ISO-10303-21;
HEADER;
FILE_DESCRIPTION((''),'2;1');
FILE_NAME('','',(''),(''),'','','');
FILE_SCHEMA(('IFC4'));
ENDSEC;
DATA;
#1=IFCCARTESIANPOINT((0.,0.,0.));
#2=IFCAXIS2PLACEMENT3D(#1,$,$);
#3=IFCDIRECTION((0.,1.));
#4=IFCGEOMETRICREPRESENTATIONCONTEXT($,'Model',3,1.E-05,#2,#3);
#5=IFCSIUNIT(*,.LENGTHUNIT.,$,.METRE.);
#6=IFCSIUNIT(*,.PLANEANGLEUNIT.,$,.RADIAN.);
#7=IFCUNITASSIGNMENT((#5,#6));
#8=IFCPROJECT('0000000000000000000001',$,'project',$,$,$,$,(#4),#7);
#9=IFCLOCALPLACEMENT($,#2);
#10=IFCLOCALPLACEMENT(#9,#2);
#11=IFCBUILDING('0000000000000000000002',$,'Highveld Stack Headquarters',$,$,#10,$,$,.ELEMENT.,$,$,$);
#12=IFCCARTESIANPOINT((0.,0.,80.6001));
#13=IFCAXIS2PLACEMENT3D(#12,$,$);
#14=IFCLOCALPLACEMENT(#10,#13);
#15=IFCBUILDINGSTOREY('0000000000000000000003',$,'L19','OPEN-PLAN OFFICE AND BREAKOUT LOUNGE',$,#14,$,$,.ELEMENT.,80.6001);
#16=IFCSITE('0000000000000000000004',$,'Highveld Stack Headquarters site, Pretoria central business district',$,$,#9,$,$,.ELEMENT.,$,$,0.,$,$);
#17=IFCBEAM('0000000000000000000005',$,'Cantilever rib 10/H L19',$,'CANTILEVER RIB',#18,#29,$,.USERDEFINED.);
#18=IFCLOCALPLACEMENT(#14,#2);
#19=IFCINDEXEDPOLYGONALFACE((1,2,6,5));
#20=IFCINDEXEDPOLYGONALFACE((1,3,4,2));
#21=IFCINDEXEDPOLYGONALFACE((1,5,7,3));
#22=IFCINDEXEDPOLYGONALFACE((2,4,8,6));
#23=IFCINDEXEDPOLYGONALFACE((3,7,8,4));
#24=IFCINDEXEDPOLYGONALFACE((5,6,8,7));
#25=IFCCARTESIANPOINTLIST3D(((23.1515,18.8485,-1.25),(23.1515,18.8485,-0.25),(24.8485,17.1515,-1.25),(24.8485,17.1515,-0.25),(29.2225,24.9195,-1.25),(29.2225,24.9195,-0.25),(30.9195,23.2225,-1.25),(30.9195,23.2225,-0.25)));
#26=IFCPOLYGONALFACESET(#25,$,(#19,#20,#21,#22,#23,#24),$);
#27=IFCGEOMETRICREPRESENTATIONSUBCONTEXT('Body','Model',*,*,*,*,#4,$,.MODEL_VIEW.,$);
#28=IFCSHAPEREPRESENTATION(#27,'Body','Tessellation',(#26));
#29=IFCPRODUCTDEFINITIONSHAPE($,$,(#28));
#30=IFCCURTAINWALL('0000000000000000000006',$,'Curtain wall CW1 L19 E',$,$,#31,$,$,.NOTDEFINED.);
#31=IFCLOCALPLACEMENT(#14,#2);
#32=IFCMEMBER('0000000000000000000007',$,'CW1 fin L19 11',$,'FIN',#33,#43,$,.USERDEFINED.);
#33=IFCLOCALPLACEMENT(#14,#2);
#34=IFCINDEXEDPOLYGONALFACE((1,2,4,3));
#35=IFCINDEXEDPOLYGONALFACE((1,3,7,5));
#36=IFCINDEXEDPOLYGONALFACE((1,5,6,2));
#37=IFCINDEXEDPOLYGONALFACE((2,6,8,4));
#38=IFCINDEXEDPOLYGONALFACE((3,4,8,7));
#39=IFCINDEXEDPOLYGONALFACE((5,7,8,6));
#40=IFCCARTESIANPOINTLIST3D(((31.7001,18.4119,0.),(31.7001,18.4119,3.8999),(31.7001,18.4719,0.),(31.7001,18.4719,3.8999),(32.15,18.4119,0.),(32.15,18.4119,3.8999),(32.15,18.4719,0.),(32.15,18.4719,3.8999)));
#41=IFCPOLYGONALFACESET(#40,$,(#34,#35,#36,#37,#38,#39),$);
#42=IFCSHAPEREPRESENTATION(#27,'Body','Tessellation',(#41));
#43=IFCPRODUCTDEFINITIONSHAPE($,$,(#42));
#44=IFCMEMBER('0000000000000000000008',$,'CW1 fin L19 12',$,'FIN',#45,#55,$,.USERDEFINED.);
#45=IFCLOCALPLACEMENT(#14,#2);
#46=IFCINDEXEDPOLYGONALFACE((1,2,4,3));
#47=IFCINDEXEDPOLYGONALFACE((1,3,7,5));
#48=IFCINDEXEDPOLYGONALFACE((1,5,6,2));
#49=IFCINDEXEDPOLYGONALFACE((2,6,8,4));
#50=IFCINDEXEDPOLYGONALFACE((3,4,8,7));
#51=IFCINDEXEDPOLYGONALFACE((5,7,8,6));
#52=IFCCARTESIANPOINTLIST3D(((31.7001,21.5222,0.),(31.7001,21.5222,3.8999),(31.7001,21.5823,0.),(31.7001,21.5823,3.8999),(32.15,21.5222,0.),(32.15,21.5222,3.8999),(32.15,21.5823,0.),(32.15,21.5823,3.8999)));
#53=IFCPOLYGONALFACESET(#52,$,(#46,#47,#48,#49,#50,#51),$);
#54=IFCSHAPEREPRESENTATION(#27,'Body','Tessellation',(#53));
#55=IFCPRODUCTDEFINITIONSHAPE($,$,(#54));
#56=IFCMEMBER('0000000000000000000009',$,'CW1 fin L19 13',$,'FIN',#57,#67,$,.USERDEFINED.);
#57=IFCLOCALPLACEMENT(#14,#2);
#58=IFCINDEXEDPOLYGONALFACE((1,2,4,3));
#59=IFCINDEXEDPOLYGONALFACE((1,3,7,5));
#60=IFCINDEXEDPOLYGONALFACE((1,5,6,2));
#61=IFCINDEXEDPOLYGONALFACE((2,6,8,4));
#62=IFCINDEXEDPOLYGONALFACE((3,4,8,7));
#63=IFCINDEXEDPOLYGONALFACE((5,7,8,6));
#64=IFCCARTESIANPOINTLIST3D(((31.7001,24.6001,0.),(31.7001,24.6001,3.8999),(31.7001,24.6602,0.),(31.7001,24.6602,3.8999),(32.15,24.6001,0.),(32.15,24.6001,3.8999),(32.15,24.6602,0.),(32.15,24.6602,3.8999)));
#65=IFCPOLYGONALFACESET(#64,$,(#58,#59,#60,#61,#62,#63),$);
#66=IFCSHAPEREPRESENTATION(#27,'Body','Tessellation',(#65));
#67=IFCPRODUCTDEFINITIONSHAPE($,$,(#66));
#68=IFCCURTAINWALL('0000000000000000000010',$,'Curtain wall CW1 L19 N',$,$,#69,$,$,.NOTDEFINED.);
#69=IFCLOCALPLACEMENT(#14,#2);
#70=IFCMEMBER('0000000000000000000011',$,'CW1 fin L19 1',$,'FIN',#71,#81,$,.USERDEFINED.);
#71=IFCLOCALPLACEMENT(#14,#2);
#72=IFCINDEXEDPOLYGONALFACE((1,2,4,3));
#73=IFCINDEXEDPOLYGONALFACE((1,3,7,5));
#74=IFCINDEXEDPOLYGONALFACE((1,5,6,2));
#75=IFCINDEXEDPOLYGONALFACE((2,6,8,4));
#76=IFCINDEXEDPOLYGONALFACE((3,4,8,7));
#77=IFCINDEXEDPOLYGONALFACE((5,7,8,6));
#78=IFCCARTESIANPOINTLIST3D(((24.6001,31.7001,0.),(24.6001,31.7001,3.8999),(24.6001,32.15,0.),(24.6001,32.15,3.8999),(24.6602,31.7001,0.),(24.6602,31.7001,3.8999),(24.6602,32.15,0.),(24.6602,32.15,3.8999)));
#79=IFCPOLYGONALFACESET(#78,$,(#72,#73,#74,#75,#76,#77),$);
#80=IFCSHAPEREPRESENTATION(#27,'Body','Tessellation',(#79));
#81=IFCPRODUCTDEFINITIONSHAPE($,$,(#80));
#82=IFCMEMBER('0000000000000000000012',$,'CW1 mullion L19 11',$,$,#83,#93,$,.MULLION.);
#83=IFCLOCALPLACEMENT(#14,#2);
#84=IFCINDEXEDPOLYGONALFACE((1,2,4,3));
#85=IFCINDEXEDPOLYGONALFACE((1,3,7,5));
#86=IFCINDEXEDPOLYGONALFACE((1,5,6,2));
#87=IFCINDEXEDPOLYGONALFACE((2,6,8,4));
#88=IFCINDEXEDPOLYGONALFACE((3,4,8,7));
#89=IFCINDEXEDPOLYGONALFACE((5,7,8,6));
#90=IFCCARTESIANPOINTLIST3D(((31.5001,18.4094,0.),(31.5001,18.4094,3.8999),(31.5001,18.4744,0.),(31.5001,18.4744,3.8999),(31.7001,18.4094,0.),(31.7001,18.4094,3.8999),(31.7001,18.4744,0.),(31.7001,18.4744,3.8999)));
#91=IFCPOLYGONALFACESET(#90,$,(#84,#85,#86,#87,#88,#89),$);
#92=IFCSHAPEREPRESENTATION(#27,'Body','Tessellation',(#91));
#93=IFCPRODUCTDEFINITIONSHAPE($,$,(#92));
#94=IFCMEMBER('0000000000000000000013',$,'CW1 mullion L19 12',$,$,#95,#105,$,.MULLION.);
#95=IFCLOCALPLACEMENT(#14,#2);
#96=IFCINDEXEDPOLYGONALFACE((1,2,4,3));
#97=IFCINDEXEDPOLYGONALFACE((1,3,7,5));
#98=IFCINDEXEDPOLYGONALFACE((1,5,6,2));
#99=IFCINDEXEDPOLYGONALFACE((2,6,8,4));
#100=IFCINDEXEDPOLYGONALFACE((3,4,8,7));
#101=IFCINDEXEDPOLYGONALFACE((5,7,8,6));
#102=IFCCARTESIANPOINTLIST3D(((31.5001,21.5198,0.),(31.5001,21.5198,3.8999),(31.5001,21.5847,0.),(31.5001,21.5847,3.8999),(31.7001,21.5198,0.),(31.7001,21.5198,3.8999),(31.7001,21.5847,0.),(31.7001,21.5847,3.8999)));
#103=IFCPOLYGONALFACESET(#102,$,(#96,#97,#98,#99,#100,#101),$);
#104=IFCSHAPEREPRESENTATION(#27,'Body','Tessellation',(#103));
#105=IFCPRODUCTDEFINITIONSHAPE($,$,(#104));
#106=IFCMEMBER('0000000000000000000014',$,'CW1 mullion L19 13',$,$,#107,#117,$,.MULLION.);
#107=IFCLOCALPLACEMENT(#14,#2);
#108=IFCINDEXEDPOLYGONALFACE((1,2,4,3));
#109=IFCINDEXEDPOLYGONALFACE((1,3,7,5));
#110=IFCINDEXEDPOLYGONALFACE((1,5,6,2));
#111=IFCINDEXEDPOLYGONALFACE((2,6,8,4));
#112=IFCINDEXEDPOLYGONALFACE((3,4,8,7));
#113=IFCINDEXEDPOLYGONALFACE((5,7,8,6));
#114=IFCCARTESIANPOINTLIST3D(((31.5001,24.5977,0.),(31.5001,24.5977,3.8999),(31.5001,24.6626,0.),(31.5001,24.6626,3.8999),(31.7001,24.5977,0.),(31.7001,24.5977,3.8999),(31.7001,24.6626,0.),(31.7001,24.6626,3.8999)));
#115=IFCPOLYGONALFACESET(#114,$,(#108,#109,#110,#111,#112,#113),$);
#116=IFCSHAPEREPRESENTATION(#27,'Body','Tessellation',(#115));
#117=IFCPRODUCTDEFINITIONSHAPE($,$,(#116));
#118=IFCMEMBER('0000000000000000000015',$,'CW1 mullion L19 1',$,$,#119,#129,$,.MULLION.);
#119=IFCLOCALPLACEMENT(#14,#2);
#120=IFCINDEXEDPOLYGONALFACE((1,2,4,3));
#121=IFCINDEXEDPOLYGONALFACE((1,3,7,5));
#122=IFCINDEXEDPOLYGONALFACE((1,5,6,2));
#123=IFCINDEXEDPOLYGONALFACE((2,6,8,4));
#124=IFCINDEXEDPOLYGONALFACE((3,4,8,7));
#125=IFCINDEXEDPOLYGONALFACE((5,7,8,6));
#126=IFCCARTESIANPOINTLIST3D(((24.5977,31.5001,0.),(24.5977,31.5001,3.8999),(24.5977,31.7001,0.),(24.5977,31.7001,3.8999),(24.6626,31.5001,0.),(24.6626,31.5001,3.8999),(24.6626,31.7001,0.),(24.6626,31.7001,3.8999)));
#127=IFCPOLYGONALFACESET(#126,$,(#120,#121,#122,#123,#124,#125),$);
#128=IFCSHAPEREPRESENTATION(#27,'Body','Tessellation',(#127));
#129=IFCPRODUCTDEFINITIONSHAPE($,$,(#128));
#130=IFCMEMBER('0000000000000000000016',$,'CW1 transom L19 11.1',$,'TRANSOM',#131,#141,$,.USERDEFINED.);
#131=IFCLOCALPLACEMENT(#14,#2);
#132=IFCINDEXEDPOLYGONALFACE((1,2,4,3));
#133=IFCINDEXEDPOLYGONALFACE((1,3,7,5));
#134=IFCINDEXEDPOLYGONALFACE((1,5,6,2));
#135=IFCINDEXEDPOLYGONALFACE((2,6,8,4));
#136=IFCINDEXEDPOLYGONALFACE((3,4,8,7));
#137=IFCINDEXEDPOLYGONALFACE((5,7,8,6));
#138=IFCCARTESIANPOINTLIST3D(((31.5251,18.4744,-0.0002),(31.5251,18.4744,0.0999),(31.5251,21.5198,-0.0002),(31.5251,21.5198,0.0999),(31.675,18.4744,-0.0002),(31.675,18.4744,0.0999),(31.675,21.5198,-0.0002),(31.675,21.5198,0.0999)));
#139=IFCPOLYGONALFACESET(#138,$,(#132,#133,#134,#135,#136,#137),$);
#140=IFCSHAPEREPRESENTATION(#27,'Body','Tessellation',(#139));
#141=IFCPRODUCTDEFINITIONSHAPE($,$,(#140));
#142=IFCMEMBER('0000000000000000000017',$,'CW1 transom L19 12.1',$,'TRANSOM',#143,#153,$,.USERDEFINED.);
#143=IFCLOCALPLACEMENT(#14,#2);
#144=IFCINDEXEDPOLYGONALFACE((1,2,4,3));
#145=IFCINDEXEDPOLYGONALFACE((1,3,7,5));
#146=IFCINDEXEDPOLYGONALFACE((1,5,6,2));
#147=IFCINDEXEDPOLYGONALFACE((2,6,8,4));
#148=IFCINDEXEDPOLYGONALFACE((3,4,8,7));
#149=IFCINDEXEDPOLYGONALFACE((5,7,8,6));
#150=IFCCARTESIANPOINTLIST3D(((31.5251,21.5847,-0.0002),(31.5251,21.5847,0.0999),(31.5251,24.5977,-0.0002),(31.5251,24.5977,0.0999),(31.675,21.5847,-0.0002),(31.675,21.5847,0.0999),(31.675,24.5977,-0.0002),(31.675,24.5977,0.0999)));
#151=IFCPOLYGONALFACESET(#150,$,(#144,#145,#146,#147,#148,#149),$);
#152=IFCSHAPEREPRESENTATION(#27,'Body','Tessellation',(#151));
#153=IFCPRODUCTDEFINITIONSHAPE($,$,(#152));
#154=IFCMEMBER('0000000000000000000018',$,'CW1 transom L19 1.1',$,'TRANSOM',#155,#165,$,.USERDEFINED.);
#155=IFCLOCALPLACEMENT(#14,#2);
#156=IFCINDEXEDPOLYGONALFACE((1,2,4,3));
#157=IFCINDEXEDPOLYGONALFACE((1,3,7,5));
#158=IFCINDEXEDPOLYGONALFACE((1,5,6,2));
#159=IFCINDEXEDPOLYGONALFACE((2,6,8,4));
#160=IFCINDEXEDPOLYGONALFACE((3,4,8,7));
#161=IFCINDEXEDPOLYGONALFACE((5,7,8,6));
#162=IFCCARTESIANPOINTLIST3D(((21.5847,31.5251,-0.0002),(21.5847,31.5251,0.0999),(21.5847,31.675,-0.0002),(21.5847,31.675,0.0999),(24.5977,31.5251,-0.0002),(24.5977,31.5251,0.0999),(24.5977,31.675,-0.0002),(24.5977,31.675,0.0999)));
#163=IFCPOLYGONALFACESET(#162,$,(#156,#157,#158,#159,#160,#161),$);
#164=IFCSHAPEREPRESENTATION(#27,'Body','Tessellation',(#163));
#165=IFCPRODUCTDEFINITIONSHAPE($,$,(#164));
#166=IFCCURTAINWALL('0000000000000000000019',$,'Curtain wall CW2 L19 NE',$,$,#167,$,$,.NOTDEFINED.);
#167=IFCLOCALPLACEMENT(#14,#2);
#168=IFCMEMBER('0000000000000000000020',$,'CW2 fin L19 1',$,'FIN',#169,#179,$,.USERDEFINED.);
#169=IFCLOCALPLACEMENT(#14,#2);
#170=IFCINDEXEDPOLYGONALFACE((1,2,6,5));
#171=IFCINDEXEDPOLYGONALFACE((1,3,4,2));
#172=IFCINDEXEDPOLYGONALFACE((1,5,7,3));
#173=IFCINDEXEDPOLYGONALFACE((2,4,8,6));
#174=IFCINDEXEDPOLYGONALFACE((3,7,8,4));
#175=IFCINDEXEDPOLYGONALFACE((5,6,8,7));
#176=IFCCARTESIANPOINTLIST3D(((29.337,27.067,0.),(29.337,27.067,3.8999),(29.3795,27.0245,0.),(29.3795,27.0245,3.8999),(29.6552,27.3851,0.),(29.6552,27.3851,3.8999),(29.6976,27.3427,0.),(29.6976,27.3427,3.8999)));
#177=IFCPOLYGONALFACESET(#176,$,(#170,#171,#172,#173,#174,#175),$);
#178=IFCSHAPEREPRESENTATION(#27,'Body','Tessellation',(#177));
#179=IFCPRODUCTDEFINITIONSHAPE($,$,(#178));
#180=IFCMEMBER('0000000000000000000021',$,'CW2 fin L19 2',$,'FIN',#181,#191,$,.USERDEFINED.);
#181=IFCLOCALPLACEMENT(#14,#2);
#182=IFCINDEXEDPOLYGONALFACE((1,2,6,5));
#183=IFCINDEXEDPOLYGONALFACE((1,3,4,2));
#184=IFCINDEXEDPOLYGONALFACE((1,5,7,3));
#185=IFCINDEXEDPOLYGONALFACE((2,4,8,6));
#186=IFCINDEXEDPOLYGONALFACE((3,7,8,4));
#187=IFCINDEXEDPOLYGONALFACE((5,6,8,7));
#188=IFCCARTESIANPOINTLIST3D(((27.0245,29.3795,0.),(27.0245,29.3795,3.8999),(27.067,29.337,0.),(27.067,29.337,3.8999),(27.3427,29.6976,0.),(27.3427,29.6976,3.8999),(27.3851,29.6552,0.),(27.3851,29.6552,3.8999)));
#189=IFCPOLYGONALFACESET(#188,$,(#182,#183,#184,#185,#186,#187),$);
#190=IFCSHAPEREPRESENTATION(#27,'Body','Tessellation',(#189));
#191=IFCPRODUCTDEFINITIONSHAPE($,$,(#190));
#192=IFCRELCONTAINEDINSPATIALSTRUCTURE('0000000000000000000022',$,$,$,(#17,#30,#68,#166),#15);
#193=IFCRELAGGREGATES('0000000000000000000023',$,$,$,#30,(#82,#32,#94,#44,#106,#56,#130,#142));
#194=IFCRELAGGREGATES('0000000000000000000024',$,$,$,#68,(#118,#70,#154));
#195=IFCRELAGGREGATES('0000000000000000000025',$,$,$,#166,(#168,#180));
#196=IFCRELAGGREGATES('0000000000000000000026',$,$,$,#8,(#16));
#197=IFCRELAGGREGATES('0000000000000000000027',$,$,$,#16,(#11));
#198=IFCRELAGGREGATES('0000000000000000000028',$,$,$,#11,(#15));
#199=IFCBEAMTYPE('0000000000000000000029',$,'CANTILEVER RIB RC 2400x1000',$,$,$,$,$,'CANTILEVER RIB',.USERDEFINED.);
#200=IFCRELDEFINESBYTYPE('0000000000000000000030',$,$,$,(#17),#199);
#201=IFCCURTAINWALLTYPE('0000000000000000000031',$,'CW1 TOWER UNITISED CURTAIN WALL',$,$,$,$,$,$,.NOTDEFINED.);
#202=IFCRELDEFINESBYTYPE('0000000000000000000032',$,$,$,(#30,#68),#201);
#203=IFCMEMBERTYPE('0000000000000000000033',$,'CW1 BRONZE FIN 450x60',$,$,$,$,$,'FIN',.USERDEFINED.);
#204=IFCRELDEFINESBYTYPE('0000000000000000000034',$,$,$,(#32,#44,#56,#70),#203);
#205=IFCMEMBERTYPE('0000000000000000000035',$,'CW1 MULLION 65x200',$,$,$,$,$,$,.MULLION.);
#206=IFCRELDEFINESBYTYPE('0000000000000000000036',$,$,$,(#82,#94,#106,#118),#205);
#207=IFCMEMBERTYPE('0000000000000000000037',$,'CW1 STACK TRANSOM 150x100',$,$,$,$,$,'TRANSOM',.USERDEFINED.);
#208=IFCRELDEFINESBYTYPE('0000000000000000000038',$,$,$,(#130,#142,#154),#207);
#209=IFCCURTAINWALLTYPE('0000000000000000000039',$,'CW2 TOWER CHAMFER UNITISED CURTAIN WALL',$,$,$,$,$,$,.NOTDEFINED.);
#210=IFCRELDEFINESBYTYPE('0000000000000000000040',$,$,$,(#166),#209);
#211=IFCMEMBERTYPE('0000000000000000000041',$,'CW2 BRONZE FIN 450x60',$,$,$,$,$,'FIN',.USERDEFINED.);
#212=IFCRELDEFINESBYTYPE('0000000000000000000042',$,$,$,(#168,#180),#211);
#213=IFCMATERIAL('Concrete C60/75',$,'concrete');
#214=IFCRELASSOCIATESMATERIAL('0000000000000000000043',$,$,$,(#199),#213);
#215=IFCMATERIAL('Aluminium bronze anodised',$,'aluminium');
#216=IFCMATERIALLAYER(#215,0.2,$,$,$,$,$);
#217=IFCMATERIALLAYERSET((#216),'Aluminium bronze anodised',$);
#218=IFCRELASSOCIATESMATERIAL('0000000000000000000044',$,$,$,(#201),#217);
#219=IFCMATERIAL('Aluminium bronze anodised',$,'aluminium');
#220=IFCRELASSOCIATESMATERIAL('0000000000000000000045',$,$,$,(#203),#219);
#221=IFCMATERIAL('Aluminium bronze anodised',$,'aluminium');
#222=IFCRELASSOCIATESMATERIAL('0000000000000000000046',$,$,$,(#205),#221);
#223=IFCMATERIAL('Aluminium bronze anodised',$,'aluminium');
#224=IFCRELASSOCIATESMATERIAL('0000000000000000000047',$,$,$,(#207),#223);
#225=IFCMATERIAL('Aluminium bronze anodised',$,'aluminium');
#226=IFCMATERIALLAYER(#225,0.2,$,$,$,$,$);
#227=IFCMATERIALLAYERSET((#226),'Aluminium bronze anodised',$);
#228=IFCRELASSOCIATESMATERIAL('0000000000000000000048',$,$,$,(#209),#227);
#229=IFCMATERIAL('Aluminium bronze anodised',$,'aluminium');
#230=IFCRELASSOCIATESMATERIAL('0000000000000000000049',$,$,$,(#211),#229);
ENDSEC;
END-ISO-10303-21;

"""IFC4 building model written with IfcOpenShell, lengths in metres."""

from ifc_helpers import new_model, si_unit, direction, frame, origin, origin_2d, place, context, subcontext, project, spatial, rectangle, extrude, material, layer, layer_set, material_profile, profile_set, type_object, element, aggregate, save


model = new_model("IFC4")

# Units and contexts
model_context = context("Model", 3, precision=1e-05, world=origin(), true_north=direction((0.0, 1.0)))
body_context = subcontext(model_context, "Body", "Model", "MODEL_VIEW")
ifc_project = project(units=[si_unit("LENGTHUNIT", "METRE"), si_unit("PLANEANGLEUNIT", "RADIAN")], contexts=[model_context])

# Site, building, storey
site_placement = place(None, origin())
site = spatial("IfcSite", under=ifc_project, at=site_placement, Name="Highveld Stack Headquarters site, Pretoria central business district", CompositionType="ELEMENT", RefElevation=0.0)
building_placement = place(site_placement, origin())
building = spatial("IfcBuilding", under=site, at=building_placement, Name="Highveld Stack Headquarters", CompositionType="ELEMENT")
storey_placement = place(building_placement, frame((0.0, 0.0, 80.6001)))
storey = spatial("IfcBuildingStorey", under=building, at=storey_placement, Name="L19", Description="OPEN-PLAN OFFICE AND BREAKOUT LOUNGE", CompositionType="ELEMENT", Elevation=80.6001)

# Beam
ifc_material_1 = material(Name="Concrete C60/75", Category="concrete")
ifc_material_profile_1 = material_profile(ifc_material_1, rectangle(XDim=2.3999, YDim=1.0, at=origin_2d()), Name="RC 2400x1000")
ifc_profile_set_1 = profile_set([ifc_material_profile_1], Name="Concrete C60/75")
beam_type_1 = type_object("IfcBeamType", Name="CANTILEVER RIB RC 2400x1000", ElementType="CANTILEVER RIB", PredefinedType="USERDEFINED", material=ifc_profile_set_1)
beam_1_placement = place(storey_placement, frame((24.0, 18.0, -0.75), z_axis=(0.707107, 0.707107, 0.0), x_axis=(-0.707107, 0.707107, 0.0)))
element("IfcBeam", 1, at=beam_1_placement, inside=storey, type_object=beam_type_1, Name="Cantilever rib 10/H L19", ObjectType="CANTILEVER RIB", PredefinedType="USERDEFINED", context=body_context, shape_type="SweptSolid", body=[
    extrude(rectangle(XDim=2.3999, YDim=1.0, at=origin_2d()), origin(), (0.0, 0.0, 1.0), 8.5857),
])

# Curtain wall, members
ifc_material_2 = material(Name="Aluminium bronze anodised", Category="aluminium")
ifc_layer_1 = layer(ifc_material_2, 0.2)
ifc_layer_set_1 = layer_set([ifc_layer_1], Name="Aluminium bronze anodised")
curtain_wall_type_1 = type_object("IfcCurtainWallType", Name="CW1 TOWER UNITISED CURTAIN WALL", PredefinedType="NOTDEFINED", material=ifc_layer_set_1)
curtain_wall_1_placement = place(storey_placement, origin())
curtain_wall_1 = element("IfcCurtainWall", 2, at=curtain_wall_1_placement, inside=storey, type_object=curtain_wall_type_1, Name="Curtain wall CW1 L19 E", PredefinedType="NOTDEFINED")
ifc_material_3 = material(Name="Aluminium bronze anodised", Category="aluminium")
ifc_material_profile_2 = material_profile(ifc_material_3, rectangle(XDim=0.45, YDim=0.0601, at=origin_2d()), Name="FIN 450x60")
ifc_profile_set_2 = profile_set([ifc_material_profile_2], Name="Aluminium bronze anodised")
member_type_1 = type_object("IfcMemberType", Name="CW1 BRONZE FIN 450x60", ElementType="FIN", PredefinedType="USERDEFINED", material=ifc_profile_set_2)
member_1_placement = place(storey_placement, frame((31.925, 18.4419, 0.0), z_axis=(0.0, 0.0, 1.0), x_axis=(-1.0, 0.0, 0.0)))
member_1 = element("IfcMember", 3, at=member_1_placement, type_object=member_type_1, Name="CW1 fin L19 11", ObjectType="FIN", PredefinedType="USERDEFINED", context=body_context, shape_type="SweptSolid", body=[
    extrude(rectangle(XDim=0.45, YDim=0.0601, at=origin_2d()), origin(), (0.0, 0.0, 1.0), 3.8999),
])
member_2_placement = place(storey_placement, frame((31.925, 21.5522, 0.0), z_axis=(0.0, 0.0, 1.0), x_axis=(-1.0, 0.0, 0.0)))
member_2 = element("IfcMember", 4, at=member_2_placement, type_object=member_type_1, Name="CW1 fin L19 12", ObjectType="FIN", PredefinedType="USERDEFINED", context=body_context, shape_type="SweptSolid", body=[
    extrude(rectangle(XDim=0.45, YDim=0.0601, at=origin_2d()), origin(), (0.0, 0.0, 1.0), 3.8999),
])
member_3_placement = place(storey_placement, frame((31.925, 24.6301, 0.0), z_axis=(0.0, 0.0, 1.0), x_axis=(-1.0, 0.0, 0.0)))
member_3 = element("IfcMember", 5, at=member_3_placement, type_object=member_type_1, Name="CW1 fin L19 13", ObjectType="FIN", PredefinedType="USERDEFINED", context=body_context, shape_type="SweptSolid", body=[
    extrude(rectangle(XDim=0.45, YDim=0.0601, at=origin_2d()), origin(), (0.0, 0.0, 1.0), 3.8999),
])

# Curtain wall, member
curtain_wall_2_placement = place(storey_placement, origin())
curtain_wall_2 = element("IfcCurtainWall", 6, at=curtain_wall_2_placement, inside=storey, type_object=curtain_wall_type_1, Name="Curtain wall CW1 L19 N", PredefinedType="NOTDEFINED")
member_4_placement = place(storey_placement, frame((24.6301, 31.925, 0.0), z_axis=(0.0, 0.0, 1.0), x_axis=(0.0, -1.0, 0.0)))
member_4 = element("IfcMember", 7, at=member_4_placement, type_object=member_type_1, Name="CW1 fin L19 1", ObjectType="FIN", PredefinedType="USERDEFINED", context=body_context, shape_type="SweptSolid", body=[
    extrude(rectangle(XDim=0.45, YDim=0.0601, at=origin_2d()), origin(), (0.0, 0.0, 1.0), 3.8999),
])

# Members
ifc_material_4 = material(Name="Aluminium bronze anodised", Category="aluminium")
ifc_material_profile_3 = material_profile(ifc_material_4, rectangle(XDim=0.2, YDim=0.0649, at=origin_2d()), Name="CW1 MULLION 65x200")
ifc_profile_set_3 = profile_set([ifc_material_profile_3], Name="Aluminium bronze anodised")
member_type_2 = type_object("IfcMemberType", Name="CW1 MULLION 65x200", PredefinedType="MULLION", material=ifc_profile_set_3)
member_5_placement = place(storey_placement, frame((31.6001, 18.4419, 0.0), z_axis=(0.0, 0.0, 1.0), x_axis=(-1.0, 0.0, 0.0)))
member_5 = element("IfcMember", 8, at=member_5_placement, type_object=member_type_2, Name="CW1 mullion L19 11", PredefinedType="MULLION", context=body_context, shape_type="SweptSolid", body=[
    extrude(rectangle(XDim=0.2, YDim=0.0649, at=origin_2d()), origin(), (0.0, 0.0, 1.0), 3.8999),
])
member_6_placement = place(storey_placement, frame((31.6001, 21.5522, 0.0), z_axis=(0.0, 0.0, 1.0), x_axis=(-1.0, 0.0, 0.0)))
member_6 = element("IfcMember", 9, at=member_6_placement, type_object=member_type_2, Name="CW1 mullion L19 12", PredefinedType="MULLION", context=body_context, shape_type="SweptSolid", body=[
    extrude(rectangle(XDim=0.2, YDim=0.0649, at=origin_2d()), origin(), (0.0, 0.0, 1.0), 3.8999),
])
member_7_placement = place(storey_placement, frame((31.6001, 24.6301, 0.0), z_axis=(0.0, 0.0, 1.0), x_axis=(-1.0, 0.0, 0.0)))
member_7 = element("IfcMember", 10, at=member_7_placement, type_object=member_type_2, Name="CW1 mullion L19 13", PredefinedType="MULLION", context=body_context, shape_type="SweptSolid", body=[
    extrude(rectangle(XDim=0.2, YDim=0.0649, at=origin_2d()), origin(), (0.0, 0.0, 1.0), 3.8999),
])
member_8_placement = place(storey_placement, frame((24.6301, 31.6001, 0.0), z_axis=(0.0, 0.0, 1.0), x_axis=(0.0, -1.0, 0.0)))
member_8 = element("IfcMember", 11, at=member_8_placement, type_object=member_type_2, Name="CW1 mullion L19 1", PredefinedType="MULLION", context=body_context, shape_type="SweptSolid", body=[
    extrude(rectangle(XDim=0.2, YDim=0.0649, at=origin_2d()), origin(), (0.0, 0.0, 1.0), 3.8999),
])
ifc_material_5 = material(Name="Aluminium bronze anodised", Category="aluminium")
ifc_material_profile_4 = material_profile(ifc_material_5, rectangle(XDim=0.1499, YDim=0.1001, at=origin_2d()), Name="CW1 TRANSOM 150x100")
ifc_profile_set_4 = profile_set([ifc_material_profile_4], Name="Aluminium bronze anodised")
member_type_3 = type_object("IfcMemberType", Name="CW1 STACK TRANSOM 150x100", ElementType="TRANSOM", PredefinedType="USERDEFINED", material=ifc_profile_set_4)
member_9_placement = place(storey_placement, frame((31.6001, 18.4744, 0.0498), z_axis=(0.0, 1.0, 0.0), x_axis=(-1.0, 0.0, 0.0)))
member_9 = element("IfcMember", 12, at=member_9_placement, type_object=member_type_3, Name="CW1 transom L19 11.1", ObjectType="TRANSOM", PredefinedType="USERDEFINED", context=body_context, shape_type="SweptSolid", body=[
    extrude(rectangle(XDim=0.1499, YDim=0.1001, at=origin_2d()), origin(), (0.0, 0.0, 1.0), 3.0454),
])
member_10_placement = place(storey_placement, frame((31.6001, 21.5847, 0.0498), z_axis=(0.0, 1.0, 0.0), x_axis=(-1.0, 0.0, 0.0)))
member_10 = element("IfcMember", 13, at=member_10_placement, type_object=member_type_3, Name="CW1 transom L19 12.1", ObjectType="TRANSOM", PredefinedType="USERDEFINED", context=body_context, shape_type="SweptSolid", body=[
    extrude(rectangle(XDim=0.1499, YDim=0.1001, at=origin_2d()), origin(), (0.0, 0.0, 1.0), 3.0129),
])
member_11_placement = place(storey_placement, frame((24.5977, 31.6001, 0.0498), z_axis=(-1.0, 0.0, 0.0), x_axis=(0.0, -1.0, 0.0)))
member_11 = element("IfcMember", 14, at=member_11_placement, type_object=member_type_3, Name="CW1 transom L19 1.1", ObjectType="TRANSOM", PredefinedType="USERDEFINED", context=body_context, shape_type="SweptSolid", body=[
    extrude(rectangle(XDim=0.1499, YDim=0.1001, at=origin_2d()), origin(), (0.0, 0.0, 1.0), 3.0129),
])

# Curtain wall, members
ifc_material_6 = material(Name="Aluminium bronze anodised", Category="aluminium")
ifc_layer_2 = layer(ifc_material_6, 0.2)
ifc_layer_set_2 = layer_set([ifc_layer_2], Name="Aluminium bronze anodised")
curtain_wall_type_2 = type_object("IfcCurtainWallType", Name="CW2 TOWER CHAMFER UNITISED CURTAIN WALL", PredefinedType="NOTDEFINED", material=ifc_layer_set_2)
curtain_wall_3_placement = place(storey_placement, origin())
curtain_wall_3 = element("IfcCurtainWall", 15, at=curtain_wall_3_placement, inside=storey, type_object=curtain_wall_type_2, Name="Curtain wall CW2 L19 NE", PredefinedType="NOTDEFINED")
ifc_material_7 = material(Name="Aluminium bronze anodised", Category="aluminium")
ifc_material_profile_5 = material_profile(ifc_material_7, rectangle(XDim=0.45, YDim=0.0601, at=origin_2d()), Name="FIN 450x60")
ifc_profile_set_5 = profile_set([ifc_material_profile_5], Name="Aluminium bronze anodised")
member_type_4 = type_object("IfcMemberType", Name="CW2 BRONZE FIN 450x60", ElementType="FIN", PredefinedType="USERDEFINED", material=ifc_profile_set_5)
member_12_placement = place(storey_placement, frame((29.5173, 27.2048, 0.0), z_axis=(0.0, 0.0, 1.0), x_axis=(-0.707107, -0.707107, 0.0)))
member_12 = element("IfcMember", 16, at=member_12_placement, type_object=member_type_4, Name="CW2 fin L19 1", ObjectType="FIN", PredefinedType="USERDEFINED", context=body_context, shape_type="SweptSolid", body=[
    extrude(rectangle(XDim=0.45, YDim=0.0601, at=origin_2d()), origin(), (0.0, 0.0, 1.0), 3.8999),
])
member_13_placement = place(storey_placement, frame((27.2048, 29.5173, 0.0), z_axis=(0.0, 0.0, 1.0), x_axis=(-0.707107, -0.707107, 0.0)))
member_13 = element("IfcMember", 17, at=member_13_placement, type_object=member_type_4, Name="CW2 fin L19 2", ObjectType="FIN", PredefinedType="USERDEFINED", context=body_context, shape_type="SweptSolid", body=[
    extrude(rectangle(XDim=0.45, YDim=0.0601, at=origin_2d()), origin(), (0.0, 0.0, 1.0), 3.8999),
])

aggregate(curtain_wall_1, [member_5, member_1, member_6, member_2, member_7, member_3, member_9, member_10])
aggregate(curtain_wall_2, [member_8, member_4, member_11])
aggregate(curtain_wall_3, [member_12, member_13])

save(model, "model.ifc")
